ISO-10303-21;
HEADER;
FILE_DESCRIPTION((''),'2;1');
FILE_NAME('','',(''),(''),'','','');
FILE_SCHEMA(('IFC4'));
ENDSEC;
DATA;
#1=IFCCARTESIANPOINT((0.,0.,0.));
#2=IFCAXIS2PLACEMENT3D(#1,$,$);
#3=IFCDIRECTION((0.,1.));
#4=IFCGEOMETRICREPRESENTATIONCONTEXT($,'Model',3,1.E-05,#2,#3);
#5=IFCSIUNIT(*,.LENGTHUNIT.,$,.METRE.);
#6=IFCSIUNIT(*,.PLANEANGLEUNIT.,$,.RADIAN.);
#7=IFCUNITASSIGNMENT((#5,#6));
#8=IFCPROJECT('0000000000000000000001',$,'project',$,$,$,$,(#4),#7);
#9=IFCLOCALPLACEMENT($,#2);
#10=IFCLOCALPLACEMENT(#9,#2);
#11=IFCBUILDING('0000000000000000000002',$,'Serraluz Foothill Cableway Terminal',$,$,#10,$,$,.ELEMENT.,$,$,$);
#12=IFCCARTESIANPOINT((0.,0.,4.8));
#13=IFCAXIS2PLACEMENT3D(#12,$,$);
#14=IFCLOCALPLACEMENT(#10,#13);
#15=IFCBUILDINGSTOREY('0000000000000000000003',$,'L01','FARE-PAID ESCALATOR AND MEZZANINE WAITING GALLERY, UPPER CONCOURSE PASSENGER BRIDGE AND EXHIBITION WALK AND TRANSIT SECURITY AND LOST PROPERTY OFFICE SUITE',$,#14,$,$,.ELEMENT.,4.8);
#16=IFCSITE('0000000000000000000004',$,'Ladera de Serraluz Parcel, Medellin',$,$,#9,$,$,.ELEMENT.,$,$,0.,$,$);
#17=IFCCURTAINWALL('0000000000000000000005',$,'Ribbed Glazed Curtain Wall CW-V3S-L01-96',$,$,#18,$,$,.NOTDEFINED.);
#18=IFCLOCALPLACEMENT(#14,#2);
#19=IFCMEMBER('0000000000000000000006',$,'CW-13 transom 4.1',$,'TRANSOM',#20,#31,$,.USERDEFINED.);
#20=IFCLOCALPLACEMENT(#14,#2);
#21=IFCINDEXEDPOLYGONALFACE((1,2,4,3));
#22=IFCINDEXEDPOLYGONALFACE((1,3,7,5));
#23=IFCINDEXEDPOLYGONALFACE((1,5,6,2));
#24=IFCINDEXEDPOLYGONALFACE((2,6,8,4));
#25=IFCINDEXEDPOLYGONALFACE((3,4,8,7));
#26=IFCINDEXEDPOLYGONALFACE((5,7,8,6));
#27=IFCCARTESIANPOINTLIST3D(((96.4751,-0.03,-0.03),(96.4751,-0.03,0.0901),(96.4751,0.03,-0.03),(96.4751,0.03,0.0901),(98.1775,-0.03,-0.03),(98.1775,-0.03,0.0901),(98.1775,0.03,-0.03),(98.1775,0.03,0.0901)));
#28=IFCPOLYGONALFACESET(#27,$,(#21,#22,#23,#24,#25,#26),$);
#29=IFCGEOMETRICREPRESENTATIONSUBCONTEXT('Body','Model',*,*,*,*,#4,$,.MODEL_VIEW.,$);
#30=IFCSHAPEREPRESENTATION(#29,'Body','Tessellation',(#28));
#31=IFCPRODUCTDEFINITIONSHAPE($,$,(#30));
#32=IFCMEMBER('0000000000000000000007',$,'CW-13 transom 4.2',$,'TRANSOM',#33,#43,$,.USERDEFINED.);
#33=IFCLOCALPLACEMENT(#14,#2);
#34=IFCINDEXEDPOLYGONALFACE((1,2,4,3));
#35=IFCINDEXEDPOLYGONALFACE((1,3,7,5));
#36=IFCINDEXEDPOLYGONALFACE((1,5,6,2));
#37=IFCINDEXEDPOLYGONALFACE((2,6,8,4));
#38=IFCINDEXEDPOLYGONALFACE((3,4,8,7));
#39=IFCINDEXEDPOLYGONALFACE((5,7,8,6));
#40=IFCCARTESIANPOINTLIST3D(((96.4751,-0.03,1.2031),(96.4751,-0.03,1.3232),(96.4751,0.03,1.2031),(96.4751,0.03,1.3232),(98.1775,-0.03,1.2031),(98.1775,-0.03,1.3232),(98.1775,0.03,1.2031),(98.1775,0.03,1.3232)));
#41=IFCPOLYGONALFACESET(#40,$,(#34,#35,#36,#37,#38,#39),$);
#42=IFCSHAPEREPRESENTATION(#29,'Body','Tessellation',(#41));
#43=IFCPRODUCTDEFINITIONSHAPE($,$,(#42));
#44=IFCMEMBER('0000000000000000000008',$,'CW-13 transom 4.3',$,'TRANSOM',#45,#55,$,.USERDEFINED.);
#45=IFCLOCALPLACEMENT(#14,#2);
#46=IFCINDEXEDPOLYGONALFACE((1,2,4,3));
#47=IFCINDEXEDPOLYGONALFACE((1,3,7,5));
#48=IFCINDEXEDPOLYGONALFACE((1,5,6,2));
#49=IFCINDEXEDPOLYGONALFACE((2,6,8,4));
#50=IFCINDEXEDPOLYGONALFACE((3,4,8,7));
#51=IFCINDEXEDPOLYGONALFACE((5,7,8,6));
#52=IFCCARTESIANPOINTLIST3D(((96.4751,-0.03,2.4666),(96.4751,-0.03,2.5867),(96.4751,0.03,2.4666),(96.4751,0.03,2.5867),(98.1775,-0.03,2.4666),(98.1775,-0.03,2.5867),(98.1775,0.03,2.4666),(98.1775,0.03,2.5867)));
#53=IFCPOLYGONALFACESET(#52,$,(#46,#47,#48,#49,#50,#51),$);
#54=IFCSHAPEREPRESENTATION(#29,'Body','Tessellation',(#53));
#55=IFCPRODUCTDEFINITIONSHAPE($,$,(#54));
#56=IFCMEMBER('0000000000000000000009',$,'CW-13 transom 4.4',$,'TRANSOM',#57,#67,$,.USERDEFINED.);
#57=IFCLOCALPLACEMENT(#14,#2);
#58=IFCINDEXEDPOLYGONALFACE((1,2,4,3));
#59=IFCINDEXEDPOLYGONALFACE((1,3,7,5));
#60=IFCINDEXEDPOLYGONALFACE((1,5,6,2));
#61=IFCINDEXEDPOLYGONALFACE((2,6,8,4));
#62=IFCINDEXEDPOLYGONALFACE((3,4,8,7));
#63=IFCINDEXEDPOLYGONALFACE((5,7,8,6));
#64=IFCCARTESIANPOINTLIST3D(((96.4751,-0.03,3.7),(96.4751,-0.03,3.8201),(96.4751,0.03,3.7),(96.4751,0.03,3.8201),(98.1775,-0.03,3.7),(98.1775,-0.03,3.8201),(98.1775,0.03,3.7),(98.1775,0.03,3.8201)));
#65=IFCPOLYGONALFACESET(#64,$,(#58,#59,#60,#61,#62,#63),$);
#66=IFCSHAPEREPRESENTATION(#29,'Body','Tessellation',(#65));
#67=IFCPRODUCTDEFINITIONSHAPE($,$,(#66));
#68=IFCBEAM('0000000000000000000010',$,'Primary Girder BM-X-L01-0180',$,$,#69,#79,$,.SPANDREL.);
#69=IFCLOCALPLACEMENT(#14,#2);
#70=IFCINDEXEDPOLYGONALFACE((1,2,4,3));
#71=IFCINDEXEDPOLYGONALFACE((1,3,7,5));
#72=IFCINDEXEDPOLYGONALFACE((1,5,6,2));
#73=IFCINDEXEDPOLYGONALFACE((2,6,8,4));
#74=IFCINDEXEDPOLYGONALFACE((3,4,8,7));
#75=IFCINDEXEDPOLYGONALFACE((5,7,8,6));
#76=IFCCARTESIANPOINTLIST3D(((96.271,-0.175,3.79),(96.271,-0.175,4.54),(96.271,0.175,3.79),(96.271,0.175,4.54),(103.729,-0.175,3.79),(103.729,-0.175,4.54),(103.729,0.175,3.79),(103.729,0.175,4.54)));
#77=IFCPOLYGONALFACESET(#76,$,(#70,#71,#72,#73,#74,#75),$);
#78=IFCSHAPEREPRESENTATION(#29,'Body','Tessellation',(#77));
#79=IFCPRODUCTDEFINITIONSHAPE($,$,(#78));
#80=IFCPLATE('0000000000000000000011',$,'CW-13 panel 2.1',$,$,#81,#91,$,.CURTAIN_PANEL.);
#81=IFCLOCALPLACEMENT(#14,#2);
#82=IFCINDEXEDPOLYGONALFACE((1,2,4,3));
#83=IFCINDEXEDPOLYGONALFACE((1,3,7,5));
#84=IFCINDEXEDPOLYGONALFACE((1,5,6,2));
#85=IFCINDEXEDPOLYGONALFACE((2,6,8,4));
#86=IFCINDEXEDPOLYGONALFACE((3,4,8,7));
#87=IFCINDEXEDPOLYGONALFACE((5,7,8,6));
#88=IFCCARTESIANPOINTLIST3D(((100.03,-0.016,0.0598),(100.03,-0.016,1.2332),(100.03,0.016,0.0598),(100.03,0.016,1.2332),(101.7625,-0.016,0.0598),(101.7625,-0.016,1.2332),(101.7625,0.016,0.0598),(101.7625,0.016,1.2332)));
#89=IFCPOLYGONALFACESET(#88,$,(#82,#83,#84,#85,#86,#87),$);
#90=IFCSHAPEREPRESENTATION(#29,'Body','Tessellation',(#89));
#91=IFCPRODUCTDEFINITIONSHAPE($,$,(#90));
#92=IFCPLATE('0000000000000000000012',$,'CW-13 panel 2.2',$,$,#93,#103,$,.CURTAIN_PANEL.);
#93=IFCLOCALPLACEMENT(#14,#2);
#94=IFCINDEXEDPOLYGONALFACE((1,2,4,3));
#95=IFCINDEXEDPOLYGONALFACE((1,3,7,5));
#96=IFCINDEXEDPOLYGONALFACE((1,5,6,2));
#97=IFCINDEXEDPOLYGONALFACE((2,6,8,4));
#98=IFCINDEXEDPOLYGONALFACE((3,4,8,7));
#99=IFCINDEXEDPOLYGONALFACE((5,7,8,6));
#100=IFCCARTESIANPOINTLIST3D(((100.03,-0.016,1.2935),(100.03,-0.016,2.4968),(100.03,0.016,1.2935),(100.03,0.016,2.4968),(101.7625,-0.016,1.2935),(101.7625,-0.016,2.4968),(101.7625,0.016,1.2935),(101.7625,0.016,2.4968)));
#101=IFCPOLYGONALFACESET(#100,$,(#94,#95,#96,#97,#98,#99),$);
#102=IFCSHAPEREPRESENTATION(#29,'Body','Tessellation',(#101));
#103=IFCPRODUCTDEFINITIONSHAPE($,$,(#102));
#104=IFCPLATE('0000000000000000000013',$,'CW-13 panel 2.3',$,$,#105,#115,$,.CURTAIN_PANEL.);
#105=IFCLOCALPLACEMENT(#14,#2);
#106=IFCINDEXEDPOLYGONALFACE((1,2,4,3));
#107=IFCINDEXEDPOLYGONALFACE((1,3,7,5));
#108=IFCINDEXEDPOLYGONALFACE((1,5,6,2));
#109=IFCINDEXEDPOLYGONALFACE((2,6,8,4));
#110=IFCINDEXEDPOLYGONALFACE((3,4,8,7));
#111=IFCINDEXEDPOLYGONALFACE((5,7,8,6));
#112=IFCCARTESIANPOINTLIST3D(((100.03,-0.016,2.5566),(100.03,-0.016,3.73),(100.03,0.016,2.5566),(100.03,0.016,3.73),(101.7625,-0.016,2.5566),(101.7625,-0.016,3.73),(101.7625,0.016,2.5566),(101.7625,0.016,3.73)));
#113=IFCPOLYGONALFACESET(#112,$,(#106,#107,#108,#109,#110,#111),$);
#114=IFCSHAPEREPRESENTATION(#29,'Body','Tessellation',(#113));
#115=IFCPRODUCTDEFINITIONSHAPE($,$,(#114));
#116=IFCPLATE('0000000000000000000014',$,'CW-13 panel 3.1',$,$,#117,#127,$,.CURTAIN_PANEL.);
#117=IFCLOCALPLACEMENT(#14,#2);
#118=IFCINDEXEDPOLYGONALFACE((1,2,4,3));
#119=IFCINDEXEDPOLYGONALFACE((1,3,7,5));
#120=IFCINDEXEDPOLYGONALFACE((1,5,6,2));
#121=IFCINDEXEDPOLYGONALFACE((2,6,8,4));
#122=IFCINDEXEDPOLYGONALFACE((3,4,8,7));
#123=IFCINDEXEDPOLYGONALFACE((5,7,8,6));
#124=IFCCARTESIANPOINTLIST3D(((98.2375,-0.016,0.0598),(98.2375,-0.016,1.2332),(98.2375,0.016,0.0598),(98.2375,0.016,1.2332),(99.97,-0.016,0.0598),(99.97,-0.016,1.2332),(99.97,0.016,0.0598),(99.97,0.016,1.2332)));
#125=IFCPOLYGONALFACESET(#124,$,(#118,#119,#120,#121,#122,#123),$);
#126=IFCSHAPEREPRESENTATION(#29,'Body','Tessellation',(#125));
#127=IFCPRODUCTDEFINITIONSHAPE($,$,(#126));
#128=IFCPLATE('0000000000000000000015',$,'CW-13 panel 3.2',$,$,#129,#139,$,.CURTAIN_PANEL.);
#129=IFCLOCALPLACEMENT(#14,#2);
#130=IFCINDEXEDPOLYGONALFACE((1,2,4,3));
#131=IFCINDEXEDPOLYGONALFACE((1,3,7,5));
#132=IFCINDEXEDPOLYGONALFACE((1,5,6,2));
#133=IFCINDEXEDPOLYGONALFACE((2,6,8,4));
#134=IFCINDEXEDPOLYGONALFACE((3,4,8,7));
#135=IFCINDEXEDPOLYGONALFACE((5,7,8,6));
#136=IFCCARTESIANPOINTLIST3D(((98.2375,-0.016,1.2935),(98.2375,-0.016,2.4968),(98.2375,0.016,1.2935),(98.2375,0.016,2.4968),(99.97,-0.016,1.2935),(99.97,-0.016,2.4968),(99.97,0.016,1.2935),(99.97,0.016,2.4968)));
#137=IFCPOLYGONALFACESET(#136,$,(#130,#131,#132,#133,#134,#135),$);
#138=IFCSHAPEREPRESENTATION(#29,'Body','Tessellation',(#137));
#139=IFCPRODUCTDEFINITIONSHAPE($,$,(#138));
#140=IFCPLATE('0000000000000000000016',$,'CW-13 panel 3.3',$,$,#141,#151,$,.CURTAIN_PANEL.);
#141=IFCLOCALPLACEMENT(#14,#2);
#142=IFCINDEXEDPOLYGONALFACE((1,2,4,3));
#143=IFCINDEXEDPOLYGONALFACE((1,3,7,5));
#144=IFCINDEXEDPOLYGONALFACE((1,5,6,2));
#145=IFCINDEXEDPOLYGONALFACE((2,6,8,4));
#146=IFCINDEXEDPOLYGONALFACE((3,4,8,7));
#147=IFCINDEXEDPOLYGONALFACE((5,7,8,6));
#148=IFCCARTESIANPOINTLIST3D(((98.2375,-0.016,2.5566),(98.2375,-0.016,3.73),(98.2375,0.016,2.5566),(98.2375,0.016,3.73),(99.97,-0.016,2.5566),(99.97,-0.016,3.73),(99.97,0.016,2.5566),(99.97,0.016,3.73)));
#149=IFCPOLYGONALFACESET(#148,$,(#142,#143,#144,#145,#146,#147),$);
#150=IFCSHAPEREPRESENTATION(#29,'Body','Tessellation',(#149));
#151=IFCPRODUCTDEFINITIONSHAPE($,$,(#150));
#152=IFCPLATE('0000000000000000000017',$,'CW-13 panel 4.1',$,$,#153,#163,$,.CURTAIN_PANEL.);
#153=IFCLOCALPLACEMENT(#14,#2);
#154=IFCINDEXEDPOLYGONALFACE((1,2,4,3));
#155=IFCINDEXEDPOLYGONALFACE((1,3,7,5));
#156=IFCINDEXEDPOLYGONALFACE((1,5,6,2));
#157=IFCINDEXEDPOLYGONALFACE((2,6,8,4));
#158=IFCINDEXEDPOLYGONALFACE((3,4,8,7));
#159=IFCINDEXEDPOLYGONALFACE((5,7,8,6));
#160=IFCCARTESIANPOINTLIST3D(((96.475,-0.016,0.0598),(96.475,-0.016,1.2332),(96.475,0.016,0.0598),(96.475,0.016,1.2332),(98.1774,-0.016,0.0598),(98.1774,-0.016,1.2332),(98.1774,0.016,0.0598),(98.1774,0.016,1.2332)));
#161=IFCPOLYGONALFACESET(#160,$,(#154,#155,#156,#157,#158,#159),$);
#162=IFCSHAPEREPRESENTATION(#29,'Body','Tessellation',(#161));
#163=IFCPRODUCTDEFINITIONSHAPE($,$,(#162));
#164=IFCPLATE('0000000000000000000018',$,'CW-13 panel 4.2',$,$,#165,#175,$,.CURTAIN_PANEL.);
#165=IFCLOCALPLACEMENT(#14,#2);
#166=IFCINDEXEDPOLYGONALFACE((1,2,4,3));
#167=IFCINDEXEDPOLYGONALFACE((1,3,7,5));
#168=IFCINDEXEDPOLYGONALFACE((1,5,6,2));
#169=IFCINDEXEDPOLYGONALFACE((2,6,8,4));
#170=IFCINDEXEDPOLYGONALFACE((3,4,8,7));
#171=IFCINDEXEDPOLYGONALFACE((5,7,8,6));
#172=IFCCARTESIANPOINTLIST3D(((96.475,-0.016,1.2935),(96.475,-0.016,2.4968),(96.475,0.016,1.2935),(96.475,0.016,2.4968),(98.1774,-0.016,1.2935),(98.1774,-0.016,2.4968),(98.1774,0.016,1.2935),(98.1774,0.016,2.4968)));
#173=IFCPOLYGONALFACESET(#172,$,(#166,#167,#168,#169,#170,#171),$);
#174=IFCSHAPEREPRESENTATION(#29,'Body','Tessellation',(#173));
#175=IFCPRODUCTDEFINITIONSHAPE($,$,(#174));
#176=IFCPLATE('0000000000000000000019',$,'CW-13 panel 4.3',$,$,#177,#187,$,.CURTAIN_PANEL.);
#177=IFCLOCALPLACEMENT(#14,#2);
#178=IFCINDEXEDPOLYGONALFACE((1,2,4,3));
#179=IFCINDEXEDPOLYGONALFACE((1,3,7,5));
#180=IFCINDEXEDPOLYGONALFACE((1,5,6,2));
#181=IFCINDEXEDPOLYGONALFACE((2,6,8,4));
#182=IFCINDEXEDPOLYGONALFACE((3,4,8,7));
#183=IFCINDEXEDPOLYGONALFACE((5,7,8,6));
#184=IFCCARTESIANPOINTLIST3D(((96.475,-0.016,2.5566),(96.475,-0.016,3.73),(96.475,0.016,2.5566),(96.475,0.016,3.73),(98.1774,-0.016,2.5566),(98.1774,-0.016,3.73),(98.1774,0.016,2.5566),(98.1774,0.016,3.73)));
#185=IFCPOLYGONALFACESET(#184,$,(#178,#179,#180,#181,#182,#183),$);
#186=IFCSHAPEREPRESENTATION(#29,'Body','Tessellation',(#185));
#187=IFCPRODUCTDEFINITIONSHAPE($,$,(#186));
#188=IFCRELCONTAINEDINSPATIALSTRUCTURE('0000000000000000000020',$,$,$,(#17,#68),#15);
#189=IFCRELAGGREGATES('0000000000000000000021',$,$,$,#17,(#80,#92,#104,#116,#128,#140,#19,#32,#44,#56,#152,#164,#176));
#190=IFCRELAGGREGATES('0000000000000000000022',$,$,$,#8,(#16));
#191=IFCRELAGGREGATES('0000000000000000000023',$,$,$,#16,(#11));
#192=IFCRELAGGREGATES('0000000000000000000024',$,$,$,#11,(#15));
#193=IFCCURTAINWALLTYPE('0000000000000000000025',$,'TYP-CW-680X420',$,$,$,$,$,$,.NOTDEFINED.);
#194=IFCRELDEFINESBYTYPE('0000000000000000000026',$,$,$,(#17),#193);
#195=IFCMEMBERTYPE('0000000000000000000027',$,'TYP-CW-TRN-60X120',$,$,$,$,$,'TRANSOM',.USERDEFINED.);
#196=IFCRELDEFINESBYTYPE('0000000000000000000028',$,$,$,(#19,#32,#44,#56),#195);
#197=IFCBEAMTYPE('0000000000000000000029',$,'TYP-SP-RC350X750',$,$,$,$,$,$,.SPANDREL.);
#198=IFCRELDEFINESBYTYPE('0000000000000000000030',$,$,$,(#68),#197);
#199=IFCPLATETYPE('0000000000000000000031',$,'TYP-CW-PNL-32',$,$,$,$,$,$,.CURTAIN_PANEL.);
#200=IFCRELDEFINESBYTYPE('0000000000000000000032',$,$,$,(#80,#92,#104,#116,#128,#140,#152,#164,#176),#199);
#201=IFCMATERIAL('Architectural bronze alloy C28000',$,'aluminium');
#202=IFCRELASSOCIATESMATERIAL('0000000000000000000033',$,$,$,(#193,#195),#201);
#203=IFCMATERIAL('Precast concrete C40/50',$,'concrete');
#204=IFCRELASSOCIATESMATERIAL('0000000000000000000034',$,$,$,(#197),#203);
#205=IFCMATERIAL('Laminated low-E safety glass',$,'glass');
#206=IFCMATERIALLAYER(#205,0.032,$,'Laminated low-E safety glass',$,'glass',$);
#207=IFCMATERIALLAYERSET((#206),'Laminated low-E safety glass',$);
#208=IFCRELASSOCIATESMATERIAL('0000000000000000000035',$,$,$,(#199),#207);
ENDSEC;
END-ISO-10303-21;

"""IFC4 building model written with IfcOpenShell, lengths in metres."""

from ifc_helpers import new_model, si_unit, direction, frame, origin, origin_2d, place, context, subcontext, project, spatial, rectangle, extrude, material, layer, layer_set, material_profile, profile_set, type_object, element, aggregate, save


model = new_model("IFC4")

# Units and contexts
model_context = context("Model", 3, precision=1e-05, world=origin(), true_north=direction((0.0, 1.0)))
body_context = subcontext(model_context, "Body", "Model", "MODEL_VIEW")
ifc_project = project(units=[si_unit("LENGTHUNIT", "METRE"), si_unit("PLANEANGLEUNIT", "RADIAN")], contexts=[model_context])

# Site, building, storey
site_placement = place(None, origin())
site = spatial("IfcSite", under=ifc_project, at=site_placement, Name="Ladera de Serraluz Parcel, Medellin", CompositionType="ELEMENT", RefElevation=0.0)
building_placement = place(site_placement, origin())
building = spatial("IfcBuilding", under=site, at=building_placement, Name="Serraluz Foothill Cableway Terminal", CompositionType="ELEMENT")
storey_placement = place(building_placement, frame((0.0, 0.0, 4.8)))
storey = spatial("IfcBuildingStorey", under=building, at=storey_placement, Name="L01", Description="FARE-PAID ESCALATOR AND MEZZANINE WAITING GALLERY, UPPER CONCOURSE PASSENGER BRIDGE AND EXHIBITION WALK AND TRANSIT SECURITY AND LOST PROPERTY OFFICE SUITE", CompositionType="ELEMENT", Elevation=4.8)

# Curtain wall, members
ifc_material_1 = material(Name="Architectural bronze alloy C28000", Category="aluminium")
curtain_wall_type = type_object("IfcCurtainWallType", Name="TYP-CW-680X420", PredefinedType="NOTDEFINED", material=ifc_material_1)
curtain_wall_placement = place(storey_placement, origin())
curtain_wall = element("IfcCurtainWall", 1, at=curtain_wall_placement, inside=storey, type_object=curtain_wall_type, Name="Ribbed Glazed Curtain Wall CW-V3S-L01-96", PredefinedType="NOTDEFINED")
ifc_material_profile_1 = material_profile(ifc_material_1, rectangle(XDim=0.0601, YDim=0.1201, at=origin_2d()), Name="ALU TRANSOM 60x120")
ifc_profile_set_1 = profile_set([ifc_material_profile_1], Name="Architectural bronze alloy C28000")
member_type_1 = type_object("IfcMemberType", Name="TYP-CW-TRN-60X120", ElementType="TRANSOM", PredefinedType="USERDEFINED", material=ifc_profile_set_1)
member_1_placement = place(storey_placement, frame((98.1775, 0.0, 0.03), z_axis=(-1.0, 0.0, 0.0), x_axis=(0.0, -1.0, 0.0)))
member_1 = element("IfcMember", 2, at=member_1_placement, type_object=member_type_1, Name="CW-13 transom 4.1", ObjectType="TRANSOM", PredefinedType="USERDEFINED", context=body_context, shape_type="SweptSolid", body=[
    extrude(rectangle(XDim=0.0601, YDim=0.1201, at=origin_2d()), origin(), (0.0, 0.0, 1.0), 1.7024),
])
member_2_placement = place(storey_placement, frame((98.1775, 0.0, 1.2632), z_axis=(-1.0, 0.0, 0.0), x_axis=(0.0, -1.0, 0.0)))
member_2 = element("IfcMember", 3, at=member_2_placement, type_object=member_type_1, Name="CW-13 transom 4.2", ObjectType="TRANSOM", PredefinedType="USERDEFINED", context=body_context, shape_type="SweptSolid", body=[
    extrude(rectangle(XDim=0.0601, YDim=0.1201, at=origin_2d()), origin(), (0.0, 0.0, 1.0), 1.7024),
])
member_3_placement = place(storey_placement, frame((98.1775, 0.0, 2.5266), z_axis=(-1.0, 0.0, 0.0), x_axis=(0.0, -1.0, 0.0)))
member_3 = element("IfcMember", 4, at=member_3_placement, type_object=member_type_1, Name="CW-13 transom 4.3", ObjectType="TRANSOM", PredefinedType="USERDEFINED", context=body_context, shape_type="SweptSolid", body=[
    extrude(rectangle(XDim=0.0601, YDim=0.1201, at=origin_2d()), origin(), (0.0, 0.0, 1.0), 1.7024),
])
member_4_placement = place(storey_placement, frame((98.1775, 0.0, 3.76), z_axis=(-1.0, 0.0, 0.0), x_axis=(0.0, -1.0, 0.0)))
member_4 = element("IfcMember", 5, at=member_4_placement, type_object=member_type_1, Name="CW-13 transom 4.4", ObjectType="TRANSOM", PredefinedType="USERDEFINED", context=body_context, shape_type="SweptSolid", body=[
    extrude(rectangle(XDim=0.0601, YDim=0.1201, at=origin_2d()), origin(), (0.0, 0.0, 1.0), 1.7024),
])

# Beam
ifc_material_2 = material(Name="Precast concrete C40/50", Category="concrete")
ifc_material_profile_2 = material_profile(ifc_material_2, rectangle(XDim=0.3501, YDim=0.75, at=origin_2d()), Name="RC SP 350x750")
ifc_profile_set_2 = profile_set([ifc_material_profile_2], Name="Precast concrete C40/50")
beam_type_1 = type_object("IfcBeamType", Name="TYP-SP-RC350X750", PredefinedType="SPANDREL", material=ifc_profile_set_2)
beam_1_placement = place(storey_placement, frame((96.271, 0.0, 4.165), z_axis=(1.0, 0.0, 0.0), x_axis=(0.0, 1.0, 0.0)))
element("IfcBeam", 6, at=beam_1_placement, inside=storey, type_object=beam_type_1, Name="Primary Girder BM-X-L01-0180", PredefinedType="SPANDREL", context=body_context, shape_type="SweptSolid", body=[
    extrude(rectangle(XDim=0.3501, YDim=0.75, at=origin_2d()), origin(), (0.0, 0.0, 1.0), 7.458),
])

# Plates
ifc_material_3 = material(Name="Laminated low-E safety glass", Category="glass")
ifc_layer_1 = layer(ifc_material_3, 0.032, Name="Laminated low-E safety glass", Category="glass")
ifc_layer_set_1 = layer_set([ifc_layer_1], Name="Laminated low-E safety glass")
plate_type = type_object("IfcPlateType", Name="TYP-CW-PNL-32", PredefinedType="CURTAIN_PANEL", material=ifc_layer_set_1)
plate_1_placement = place(storey_placement, frame((100.8962, 0.0, 0.0598), z_axis=(0.0, 0.0, 1.0), x_axis=(-1.0, 0.0, 0.0)))
plate_1 = element("IfcPlate", 7, at=plate_1_placement, type_object=plate_type, Name="CW-13 panel 2.1", PredefinedType="CURTAIN_PANEL", context=body_context, shape_type="SweptSolid", body=[
    extrude(rectangle(XDim=1.7324, YDim=0.032, at=origin_2d()), origin(), (0.0, 0.0, 1.0), 1.1733),
])
plate_2_placement = place(storey_placement, frame((100.8962, 0.0, 1.2935), z_axis=(0.0, 0.0, 1.0), x_axis=(-1.0, 0.0, 0.0)))
plate_2 = element("IfcPlate", 8, at=plate_2_placement, type_object=plate_type, Name="CW-13 panel 2.2", PredefinedType="CURTAIN_PANEL", context=body_context, shape_type="SweptSolid", body=[
    extrude(rectangle(XDim=1.7324, YDim=0.032, at=origin_2d()), origin(), (0.0, 0.0, 1.0), 1.2034),
])
plate_3_placement = place(storey_placement, frame((100.8962, 0.0, 2.5566), z_axis=(0.0, 0.0, 1.0), x_axis=(-1.0, 0.0, 0.0)))
plate_3 = element("IfcPlate", 9, at=plate_3_placement, type_object=plate_type, Name="CW-13 panel 2.3", PredefinedType="CURTAIN_PANEL", context=body_context, shape_type="SweptSolid", body=[
    extrude(rectangle(XDim=1.7324, YDim=0.032, at=origin_2d()), origin(), (0.0, 0.0, 1.0), 1.1733),
])
plate_4_placement = place(storey_placement, frame((99.1038, 0.0, 0.0598), z_axis=(0.0, 0.0, 1.0), x_axis=(-1.0, 0.0, 0.0)))
plate_4 = element("IfcPlate", 10, at=plate_4_placement, type_object=plate_type, Name="CW-13 panel 3.1", PredefinedType="CURTAIN_PANEL", context=body_context, shape_type="SweptSolid", body=[
    extrude(rectangle(XDim=1.7324, YDim=0.032, at=origin_2d()), origin(), (0.0, 0.0, 1.0), 1.1733),
])
plate_5_placement = place(storey_placement, frame((99.1038, 0.0, 1.2935), z_axis=(0.0, 0.0, 1.0), x_axis=(-1.0, 0.0, 0.0)))
plate_5 = element("IfcPlate", 11, at=plate_5_placement, type_object=plate_type, Name="CW-13 panel 3.2", PredefinedType="CURTAIN_PANEL", context=body_context, shape_type="SweptSolid", body=[
    extrude(rectangle(XDim=1.7324, YDim=0.032, at=origin_2d()), origin(), (0.0, 0.0, 1.0), 1.2034),
])
plate_6_placement = place(storey_placement, frame((99.1038, 0.0, 2.5566), z_axis=(0.0, 0.0, 1.0), x_axis=(-1.0, 0.0, 0.0)))
plate_6 = element("IfcPlate", 12, at=plate_6_placement, type_object=plate_type, Name="CW-13 panel 3.3", PredefinedType="CURTAIN_PANEL", context=body_context, shape_type="SweptSolid", body=[
    extrude(rectangle(XDim=1.7324, YDim=0.032, at=origin_2d()), origin(), (0.0, 0.0, 1.0), 1.1733),
])
plate_7_placement = place(storey_placement, frame((97.3262, 0.0, 0.0598), z_axis=(0.0, 0.0, 1.0), x_axis=(-1.0, 0.0, 0.0)))
plate_7 = element("IfcPlate", 13, at=plate_7_placement, type_object=plate_type, Name="CW-13 panel 4.1", PredefinedType="CURTAIN_PANEL", context=body_context, shape_type="SweptSolid", body=[
    extrude(rectangle(XDim=1.7024, YDim=0.032, at=origin_2d()), origin(), (0.0, 0.0, 1.0), 1.1733),
])
plate_8_placement = place(storey_placement, frame((97.3262, 0.0, 1.2935), z_axis=(0.0, 0.0, 1.0), x_axis=(-1.0, 0.0, 0.0)))
plate_8 = element("IfcPlate", 14, at=plate_8_placement, type_object=plate_type, Name="CW-13 panel 4.2", PredefinedType="CURTAIN_PANEL", context=body_context, shape_type="SweptSolid", body=[
    extrude(rectangle(XDim=1.7024, YDim=0.032, at=origin_2d()), origin(), (0.0, 0.0, 1.0), 1.2034),
])
plate_9_placement = place(storey_placement, frame((97.3262, 0.0, 2.5566), z_axis=(0.0, 0.0, 1.0), x_axis=(-1.0, 0.0, 0.0)))
plate_9 = element("IfcPlate", 15, at=plate_9_placement, type_object=plate_type, Name="CW-13 panel 4.3", PredefinedType="CURTAIN_PANEL", context=body_context, shape_type="SweptSolid", body=[
    extrude(rectangle(XDim=1.7024, YDim=0.032, at=origin_2d()), origin(), (0.0, 0.0, 1.0), 1.1733),
])
aggregate(curtain_wall, [plate_1, plate_2, plate_3, plate_4, plate_5, plate_6, member_1, member_2, member_3, member_4, plate_7, plate_8, plate_9])

save(model, "model.ifc")
